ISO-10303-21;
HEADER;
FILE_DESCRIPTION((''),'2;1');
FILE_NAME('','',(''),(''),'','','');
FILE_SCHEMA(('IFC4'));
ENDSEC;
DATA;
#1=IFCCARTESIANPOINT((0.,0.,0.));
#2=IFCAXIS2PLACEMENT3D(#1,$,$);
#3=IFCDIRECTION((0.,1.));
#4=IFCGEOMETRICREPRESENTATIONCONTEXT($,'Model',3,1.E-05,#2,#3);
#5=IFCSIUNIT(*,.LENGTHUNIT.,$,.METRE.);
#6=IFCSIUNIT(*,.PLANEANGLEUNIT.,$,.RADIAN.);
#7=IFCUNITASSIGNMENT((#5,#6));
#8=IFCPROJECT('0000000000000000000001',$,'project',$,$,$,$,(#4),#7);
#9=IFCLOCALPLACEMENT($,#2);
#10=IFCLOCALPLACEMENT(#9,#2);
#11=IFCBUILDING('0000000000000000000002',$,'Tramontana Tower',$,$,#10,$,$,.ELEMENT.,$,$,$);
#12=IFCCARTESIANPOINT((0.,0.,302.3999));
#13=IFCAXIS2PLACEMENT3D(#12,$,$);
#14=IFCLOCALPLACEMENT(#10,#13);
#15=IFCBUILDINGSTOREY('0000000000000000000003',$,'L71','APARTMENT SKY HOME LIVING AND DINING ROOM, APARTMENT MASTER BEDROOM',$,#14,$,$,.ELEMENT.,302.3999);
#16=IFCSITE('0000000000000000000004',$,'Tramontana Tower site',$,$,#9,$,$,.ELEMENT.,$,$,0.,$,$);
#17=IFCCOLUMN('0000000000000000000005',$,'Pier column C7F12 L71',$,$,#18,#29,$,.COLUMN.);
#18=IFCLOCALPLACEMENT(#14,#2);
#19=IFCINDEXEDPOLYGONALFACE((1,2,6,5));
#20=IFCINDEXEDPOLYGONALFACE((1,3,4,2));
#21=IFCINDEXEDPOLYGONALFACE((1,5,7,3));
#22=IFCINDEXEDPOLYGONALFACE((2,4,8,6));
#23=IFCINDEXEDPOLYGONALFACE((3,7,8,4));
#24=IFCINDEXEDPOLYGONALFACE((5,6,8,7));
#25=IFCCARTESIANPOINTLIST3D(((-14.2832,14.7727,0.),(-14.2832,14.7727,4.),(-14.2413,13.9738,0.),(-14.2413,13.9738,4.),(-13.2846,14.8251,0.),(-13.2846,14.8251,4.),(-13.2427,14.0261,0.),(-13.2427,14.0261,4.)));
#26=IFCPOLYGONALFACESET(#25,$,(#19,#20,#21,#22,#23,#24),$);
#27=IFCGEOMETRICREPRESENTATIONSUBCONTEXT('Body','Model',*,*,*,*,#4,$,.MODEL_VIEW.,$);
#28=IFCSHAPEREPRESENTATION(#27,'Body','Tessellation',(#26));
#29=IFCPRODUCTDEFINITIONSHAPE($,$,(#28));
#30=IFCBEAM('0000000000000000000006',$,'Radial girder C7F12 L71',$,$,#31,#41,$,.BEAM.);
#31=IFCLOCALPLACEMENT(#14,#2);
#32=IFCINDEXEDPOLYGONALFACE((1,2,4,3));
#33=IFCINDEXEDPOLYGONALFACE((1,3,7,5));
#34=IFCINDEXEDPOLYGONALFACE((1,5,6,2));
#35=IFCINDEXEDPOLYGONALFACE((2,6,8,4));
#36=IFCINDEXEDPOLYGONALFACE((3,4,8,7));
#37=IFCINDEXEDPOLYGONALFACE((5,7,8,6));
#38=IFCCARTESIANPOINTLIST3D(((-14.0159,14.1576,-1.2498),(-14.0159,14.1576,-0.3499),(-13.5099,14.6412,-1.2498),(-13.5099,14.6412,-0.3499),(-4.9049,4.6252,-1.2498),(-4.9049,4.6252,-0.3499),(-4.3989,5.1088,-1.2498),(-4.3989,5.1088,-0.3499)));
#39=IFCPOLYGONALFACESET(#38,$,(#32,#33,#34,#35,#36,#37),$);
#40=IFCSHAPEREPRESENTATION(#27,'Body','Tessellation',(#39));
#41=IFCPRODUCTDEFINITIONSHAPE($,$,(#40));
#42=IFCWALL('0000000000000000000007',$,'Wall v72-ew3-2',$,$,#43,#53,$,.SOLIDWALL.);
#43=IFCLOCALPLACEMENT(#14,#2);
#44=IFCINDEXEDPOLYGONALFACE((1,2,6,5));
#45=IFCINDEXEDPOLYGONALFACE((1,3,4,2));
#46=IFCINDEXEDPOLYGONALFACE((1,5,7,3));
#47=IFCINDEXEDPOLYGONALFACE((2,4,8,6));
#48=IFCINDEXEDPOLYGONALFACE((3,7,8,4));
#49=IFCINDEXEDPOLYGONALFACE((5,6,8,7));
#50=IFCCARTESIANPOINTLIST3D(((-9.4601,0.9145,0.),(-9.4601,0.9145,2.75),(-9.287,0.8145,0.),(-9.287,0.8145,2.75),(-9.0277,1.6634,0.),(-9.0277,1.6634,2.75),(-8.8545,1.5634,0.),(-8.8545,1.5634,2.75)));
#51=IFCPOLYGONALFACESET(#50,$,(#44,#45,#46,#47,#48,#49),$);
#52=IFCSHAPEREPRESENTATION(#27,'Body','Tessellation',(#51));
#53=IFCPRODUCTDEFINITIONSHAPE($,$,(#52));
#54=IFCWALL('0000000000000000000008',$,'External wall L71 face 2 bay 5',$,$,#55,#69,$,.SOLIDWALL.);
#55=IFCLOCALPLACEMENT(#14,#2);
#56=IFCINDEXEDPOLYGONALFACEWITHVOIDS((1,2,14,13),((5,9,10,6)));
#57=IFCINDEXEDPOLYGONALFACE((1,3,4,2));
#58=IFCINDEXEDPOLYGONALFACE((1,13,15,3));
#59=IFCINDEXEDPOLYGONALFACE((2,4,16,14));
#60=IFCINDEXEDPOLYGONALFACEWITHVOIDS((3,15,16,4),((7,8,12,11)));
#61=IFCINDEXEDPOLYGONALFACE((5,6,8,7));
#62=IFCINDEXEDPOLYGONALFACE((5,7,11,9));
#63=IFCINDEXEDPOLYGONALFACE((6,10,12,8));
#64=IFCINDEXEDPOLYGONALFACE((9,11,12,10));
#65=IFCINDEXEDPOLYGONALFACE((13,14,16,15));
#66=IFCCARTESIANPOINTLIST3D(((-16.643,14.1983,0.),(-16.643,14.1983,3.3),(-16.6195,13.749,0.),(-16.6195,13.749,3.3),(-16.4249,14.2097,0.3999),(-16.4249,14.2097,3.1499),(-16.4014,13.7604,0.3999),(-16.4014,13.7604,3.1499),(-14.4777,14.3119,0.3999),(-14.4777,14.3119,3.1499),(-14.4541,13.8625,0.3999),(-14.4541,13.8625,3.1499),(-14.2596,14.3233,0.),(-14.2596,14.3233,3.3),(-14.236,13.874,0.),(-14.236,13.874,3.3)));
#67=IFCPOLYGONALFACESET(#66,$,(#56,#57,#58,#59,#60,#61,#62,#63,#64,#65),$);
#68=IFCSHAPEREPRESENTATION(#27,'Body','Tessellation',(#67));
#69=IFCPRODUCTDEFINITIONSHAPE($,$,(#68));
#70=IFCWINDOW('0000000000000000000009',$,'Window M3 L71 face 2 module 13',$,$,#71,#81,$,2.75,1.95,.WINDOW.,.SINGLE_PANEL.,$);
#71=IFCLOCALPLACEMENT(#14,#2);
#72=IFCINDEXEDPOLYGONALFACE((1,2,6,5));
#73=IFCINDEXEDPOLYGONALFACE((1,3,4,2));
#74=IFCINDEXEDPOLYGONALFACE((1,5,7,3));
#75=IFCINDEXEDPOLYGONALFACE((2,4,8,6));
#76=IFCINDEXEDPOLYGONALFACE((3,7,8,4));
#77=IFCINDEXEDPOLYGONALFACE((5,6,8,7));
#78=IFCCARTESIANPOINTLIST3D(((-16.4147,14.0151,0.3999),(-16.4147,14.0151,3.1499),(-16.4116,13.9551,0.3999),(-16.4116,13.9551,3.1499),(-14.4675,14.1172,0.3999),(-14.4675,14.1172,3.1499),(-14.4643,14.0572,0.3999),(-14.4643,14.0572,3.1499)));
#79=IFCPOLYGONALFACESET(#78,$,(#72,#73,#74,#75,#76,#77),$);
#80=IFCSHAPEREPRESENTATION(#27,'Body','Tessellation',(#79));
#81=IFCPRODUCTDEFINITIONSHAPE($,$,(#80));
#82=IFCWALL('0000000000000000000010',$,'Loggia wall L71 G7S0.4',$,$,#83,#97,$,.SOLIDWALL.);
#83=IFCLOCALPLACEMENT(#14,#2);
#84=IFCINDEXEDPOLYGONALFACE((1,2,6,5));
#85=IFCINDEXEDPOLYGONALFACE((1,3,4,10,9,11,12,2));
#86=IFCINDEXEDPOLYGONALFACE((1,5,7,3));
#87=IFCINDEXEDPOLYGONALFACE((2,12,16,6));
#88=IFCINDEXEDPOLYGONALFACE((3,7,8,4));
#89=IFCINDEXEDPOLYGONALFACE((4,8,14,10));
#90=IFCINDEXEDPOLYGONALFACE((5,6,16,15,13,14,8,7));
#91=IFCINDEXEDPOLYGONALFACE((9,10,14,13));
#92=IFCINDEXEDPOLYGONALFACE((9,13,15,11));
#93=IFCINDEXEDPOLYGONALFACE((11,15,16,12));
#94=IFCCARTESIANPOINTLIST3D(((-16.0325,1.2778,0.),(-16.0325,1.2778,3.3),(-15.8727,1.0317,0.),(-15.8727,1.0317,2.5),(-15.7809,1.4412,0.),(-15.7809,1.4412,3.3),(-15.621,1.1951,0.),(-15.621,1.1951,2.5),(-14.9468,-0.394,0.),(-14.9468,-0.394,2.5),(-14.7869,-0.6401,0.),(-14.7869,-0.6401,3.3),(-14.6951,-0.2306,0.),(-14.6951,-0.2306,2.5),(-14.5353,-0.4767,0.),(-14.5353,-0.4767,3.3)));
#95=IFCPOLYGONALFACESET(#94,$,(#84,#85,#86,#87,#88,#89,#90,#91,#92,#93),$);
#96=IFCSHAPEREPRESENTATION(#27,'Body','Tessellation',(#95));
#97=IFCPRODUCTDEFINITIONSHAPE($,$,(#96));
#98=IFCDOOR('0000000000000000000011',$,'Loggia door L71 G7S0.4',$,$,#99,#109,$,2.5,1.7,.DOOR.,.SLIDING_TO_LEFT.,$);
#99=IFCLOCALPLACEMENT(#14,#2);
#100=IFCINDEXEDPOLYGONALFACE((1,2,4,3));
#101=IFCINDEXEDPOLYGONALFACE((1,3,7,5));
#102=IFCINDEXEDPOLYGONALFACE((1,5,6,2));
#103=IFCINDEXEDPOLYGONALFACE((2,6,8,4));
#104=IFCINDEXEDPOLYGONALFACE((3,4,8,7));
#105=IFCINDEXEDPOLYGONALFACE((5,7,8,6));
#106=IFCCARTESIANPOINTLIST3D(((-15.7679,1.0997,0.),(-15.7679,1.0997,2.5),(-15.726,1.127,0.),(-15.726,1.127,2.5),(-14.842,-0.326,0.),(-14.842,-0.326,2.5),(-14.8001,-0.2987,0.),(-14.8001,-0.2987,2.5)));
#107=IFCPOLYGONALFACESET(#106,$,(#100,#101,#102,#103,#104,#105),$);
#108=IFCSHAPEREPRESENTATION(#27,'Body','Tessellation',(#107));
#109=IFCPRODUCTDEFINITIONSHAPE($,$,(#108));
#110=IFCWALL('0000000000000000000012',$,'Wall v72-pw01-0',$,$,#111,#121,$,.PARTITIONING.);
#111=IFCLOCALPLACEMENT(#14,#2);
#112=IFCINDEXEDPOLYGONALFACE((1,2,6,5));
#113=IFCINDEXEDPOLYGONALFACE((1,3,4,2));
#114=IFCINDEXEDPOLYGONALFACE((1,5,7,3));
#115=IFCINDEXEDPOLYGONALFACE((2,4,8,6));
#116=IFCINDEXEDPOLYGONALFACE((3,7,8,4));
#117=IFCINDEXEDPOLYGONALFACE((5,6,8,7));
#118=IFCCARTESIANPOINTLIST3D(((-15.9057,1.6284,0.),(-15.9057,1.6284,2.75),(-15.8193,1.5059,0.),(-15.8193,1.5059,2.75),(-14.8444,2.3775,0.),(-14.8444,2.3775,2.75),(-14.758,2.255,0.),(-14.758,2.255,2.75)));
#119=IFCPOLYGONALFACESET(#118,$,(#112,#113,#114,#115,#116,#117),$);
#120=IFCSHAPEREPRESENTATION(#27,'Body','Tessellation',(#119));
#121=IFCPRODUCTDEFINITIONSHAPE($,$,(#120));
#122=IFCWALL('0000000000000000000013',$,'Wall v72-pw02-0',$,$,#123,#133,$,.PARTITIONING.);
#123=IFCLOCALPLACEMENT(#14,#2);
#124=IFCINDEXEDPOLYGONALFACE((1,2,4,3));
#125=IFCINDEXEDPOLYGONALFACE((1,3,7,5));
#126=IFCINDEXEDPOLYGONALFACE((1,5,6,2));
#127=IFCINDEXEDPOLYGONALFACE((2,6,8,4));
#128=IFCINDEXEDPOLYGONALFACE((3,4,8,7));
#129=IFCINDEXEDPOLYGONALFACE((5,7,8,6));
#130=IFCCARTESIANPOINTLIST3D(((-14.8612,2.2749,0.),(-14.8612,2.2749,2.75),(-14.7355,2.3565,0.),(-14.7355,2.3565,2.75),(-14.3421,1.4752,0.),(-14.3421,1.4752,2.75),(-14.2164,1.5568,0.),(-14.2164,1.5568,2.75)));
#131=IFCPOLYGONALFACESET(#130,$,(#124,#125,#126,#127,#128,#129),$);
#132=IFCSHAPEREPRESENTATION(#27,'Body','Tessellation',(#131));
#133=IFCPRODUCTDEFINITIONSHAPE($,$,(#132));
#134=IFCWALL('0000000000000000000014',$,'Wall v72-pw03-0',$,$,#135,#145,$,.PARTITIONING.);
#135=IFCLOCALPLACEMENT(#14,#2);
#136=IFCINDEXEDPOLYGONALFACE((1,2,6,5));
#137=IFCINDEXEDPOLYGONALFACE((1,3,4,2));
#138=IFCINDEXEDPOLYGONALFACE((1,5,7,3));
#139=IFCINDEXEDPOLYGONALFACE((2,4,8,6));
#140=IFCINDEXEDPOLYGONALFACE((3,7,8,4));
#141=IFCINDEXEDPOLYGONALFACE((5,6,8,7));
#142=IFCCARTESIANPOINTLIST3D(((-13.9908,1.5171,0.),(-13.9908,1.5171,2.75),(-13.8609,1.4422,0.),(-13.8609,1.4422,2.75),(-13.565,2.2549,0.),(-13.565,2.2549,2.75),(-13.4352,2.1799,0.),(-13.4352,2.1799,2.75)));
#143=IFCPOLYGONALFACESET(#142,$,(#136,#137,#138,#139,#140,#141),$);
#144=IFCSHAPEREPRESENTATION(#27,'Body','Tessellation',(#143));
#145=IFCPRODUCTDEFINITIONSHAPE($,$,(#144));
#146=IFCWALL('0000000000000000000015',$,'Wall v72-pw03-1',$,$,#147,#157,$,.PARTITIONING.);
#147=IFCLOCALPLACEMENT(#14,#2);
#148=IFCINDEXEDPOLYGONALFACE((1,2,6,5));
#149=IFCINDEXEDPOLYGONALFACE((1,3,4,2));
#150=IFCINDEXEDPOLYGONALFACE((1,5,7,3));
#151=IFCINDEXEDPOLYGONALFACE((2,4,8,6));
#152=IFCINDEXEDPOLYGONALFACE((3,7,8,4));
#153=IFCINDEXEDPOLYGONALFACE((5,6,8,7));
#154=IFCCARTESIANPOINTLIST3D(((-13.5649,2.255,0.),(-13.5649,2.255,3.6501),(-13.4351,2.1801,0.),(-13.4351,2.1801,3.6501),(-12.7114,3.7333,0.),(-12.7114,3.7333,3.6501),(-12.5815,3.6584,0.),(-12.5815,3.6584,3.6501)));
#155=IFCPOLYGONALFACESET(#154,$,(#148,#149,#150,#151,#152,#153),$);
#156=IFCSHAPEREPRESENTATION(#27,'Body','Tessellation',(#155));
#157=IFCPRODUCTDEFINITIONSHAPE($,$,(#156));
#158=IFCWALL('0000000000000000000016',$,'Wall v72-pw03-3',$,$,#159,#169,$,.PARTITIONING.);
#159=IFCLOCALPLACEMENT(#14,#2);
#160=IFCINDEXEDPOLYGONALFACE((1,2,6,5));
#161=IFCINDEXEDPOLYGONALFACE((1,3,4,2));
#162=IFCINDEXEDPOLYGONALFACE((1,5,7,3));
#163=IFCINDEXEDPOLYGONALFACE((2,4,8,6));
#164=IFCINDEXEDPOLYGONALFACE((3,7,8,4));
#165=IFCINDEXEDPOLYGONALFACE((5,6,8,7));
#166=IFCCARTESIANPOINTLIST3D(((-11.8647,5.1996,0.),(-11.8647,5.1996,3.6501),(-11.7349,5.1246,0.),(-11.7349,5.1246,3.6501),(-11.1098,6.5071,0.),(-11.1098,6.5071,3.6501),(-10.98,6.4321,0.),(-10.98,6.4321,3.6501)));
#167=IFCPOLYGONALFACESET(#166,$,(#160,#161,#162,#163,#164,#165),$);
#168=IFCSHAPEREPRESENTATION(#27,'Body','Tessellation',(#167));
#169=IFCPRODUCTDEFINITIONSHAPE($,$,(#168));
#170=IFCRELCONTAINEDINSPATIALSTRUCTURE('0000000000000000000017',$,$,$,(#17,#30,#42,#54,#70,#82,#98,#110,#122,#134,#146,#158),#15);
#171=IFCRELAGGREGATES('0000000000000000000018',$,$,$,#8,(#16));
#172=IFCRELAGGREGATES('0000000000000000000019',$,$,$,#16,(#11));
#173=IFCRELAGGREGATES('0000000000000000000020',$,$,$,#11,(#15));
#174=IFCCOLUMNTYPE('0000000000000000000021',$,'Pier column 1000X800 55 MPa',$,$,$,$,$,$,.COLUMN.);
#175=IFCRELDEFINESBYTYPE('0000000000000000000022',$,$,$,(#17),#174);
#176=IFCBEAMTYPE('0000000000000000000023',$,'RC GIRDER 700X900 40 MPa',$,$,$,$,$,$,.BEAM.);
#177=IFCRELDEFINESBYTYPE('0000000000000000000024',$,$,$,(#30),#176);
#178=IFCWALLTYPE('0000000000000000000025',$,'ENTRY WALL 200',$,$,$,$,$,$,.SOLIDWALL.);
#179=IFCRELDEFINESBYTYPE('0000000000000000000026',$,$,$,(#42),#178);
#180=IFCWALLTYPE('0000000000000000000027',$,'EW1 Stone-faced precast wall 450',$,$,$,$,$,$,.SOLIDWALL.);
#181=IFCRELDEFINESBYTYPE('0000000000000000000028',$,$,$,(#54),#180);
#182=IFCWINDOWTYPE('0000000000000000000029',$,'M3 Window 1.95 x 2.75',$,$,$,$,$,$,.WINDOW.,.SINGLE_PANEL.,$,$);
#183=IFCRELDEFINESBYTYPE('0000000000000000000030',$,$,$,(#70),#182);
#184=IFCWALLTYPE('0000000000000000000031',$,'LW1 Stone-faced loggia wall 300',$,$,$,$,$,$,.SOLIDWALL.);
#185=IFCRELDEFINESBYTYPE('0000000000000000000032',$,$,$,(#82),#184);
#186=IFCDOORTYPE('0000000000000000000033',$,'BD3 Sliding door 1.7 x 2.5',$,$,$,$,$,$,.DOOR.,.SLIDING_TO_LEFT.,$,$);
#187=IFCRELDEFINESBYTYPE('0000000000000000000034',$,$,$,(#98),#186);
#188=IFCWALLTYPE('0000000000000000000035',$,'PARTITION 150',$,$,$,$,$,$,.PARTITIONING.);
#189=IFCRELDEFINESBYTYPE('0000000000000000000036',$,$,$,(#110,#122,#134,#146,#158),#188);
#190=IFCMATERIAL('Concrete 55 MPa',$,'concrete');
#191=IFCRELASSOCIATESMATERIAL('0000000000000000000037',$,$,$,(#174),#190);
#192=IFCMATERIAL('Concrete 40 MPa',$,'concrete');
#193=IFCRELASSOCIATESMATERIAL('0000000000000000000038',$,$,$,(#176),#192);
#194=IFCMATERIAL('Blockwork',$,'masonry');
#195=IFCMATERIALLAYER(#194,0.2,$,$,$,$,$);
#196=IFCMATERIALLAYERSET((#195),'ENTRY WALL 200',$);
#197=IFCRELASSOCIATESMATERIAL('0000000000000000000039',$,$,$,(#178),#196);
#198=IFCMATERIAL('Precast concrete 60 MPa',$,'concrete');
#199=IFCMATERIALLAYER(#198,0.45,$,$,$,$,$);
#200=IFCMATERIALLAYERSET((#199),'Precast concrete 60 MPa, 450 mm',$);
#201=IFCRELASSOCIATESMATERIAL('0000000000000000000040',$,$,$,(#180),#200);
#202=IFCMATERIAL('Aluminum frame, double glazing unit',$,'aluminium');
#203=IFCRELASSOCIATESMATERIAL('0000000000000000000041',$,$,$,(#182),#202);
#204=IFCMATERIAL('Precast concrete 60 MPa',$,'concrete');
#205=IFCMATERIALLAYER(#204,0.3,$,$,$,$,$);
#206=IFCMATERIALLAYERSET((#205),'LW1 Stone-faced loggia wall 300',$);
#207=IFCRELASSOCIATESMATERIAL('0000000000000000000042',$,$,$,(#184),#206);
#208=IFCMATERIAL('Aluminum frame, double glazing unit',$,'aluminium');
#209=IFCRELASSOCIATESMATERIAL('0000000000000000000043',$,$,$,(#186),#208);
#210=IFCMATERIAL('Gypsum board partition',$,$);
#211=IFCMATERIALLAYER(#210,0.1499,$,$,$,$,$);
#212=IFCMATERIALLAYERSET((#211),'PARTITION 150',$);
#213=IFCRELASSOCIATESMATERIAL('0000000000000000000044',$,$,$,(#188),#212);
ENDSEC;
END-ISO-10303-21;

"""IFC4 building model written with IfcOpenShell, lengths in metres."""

from ifc_helpers import new_model, si_unit, direction, frame, frame_2d, origin, origin_2d, place, context, subcontext, project, spatial, rectangle, extrude, material, layer, layer_set, material_profile, profile_set, type_object, element, fill, save


model = new_model("IFC4")

# Units and contexts
model_context = context("Model", 3, precision=1e-05, world=origin(), true_north=direction((0.0, 1.0)))
body_context = subcontext(model_context, "Body", "Model", "MODEL_VIEW")
ifc_project = project(units=[si_unit("LENGTHUNIT", "METRE"), si_unit("PLANEANGLEUNIT", "RADIAN")], contexts=[model_context])

# Site, building, storey
site_placement = place(None, origin())
site = spatial("IfcSite", under=ifc_project, at=site_placement, Name="Tramontana Tower site", CompositionType="ELEMENT", RefElevation=0.0)
building_placement = place(site_placement, origin())
building = spatial("IfcBuilding", under=site, at=building_placement, Name="Tramontana Tower", CompositionType="ELEMENT")
storey_placement = place(building_placement, frame((0.0, 0.0, 302.3999)))
storey = spatial("IfcBuildingStorey", under=building, at=storey_placement, Name="L71", Description="APARTMENT SKY HOME LIVING AND DINING ROOM, APARTMENT MASTER BEDROOM", CompositionType="ELEMENT", Elevation=302.3999)

# Column
ifc_material_1 = material(Name="Concrete 55 MPa", Category="concrete")
ifc_material_profile_1 = material_profile(ifc_material_1, rectangle(XDim=1.0, YDim=0.8, at=origin_2d()), Name="Pier column 1000X800 55 MPa")
ifc_profile_set_1 = profile_set([ifc_material_profile_1], Name="Concrete 55 MPa")
column_type = type_object("IfcColumnType", Name="Pier column 1000X800 55 MPa", PredefinedType="COLUMN", material=ifc_profile_set_1)
column_placement = place(storey_placement, frame((-13.7629, 14.3994, 0.0), z_axis=(0.0, 0.0, 1.0), x_axis=(-0.99863, -0.052336, 0.0)))
element("IfcColumn", 1, at=column_placement, inside=storey, type_object=column_type, Name="Pier column C7F12 L71", PredefinedType="COLUMN", context=body_context, shape_type="SweptSolid", body=[
    extrude(rectangle(XDim=1.0, YDim=0.8, at=origin_2d()), origin(), (0.0, 0.0, 1.0), 4.0),
])

# Beam
ifc_material_2 = material(Name="Concrete 40 MPa", Category="concrete")
ifc_material_profile_2 = material_profile(ifc_material_2, rectangle(XDim=0.7, YDim=0.8999, at=origin_2d()), Name="RC GIRDER 700X900 40 MPa")
ifc_profile_set_2 = profile_set([ifc_material_profile_2], Name="Concrete 40 MPa")
beam_type = type_object("IfcBeamType", Name="RC GIRDER 700X900 40 MPa", PredefinedType="BEAM", material=ifc_profile_set_2)
beam_placement = place(storey_placement, frame((-13.7629, 14.3994, -0.7998), z_axis=(0.690948, -0.722904, 0.0), x_axis=(0.722904, 0.690948, 0.0)))
element("IfcBeam", 2, at=beam_placement, inside=storey, type_object=beam_type, Name="Radial girder C7F12 L71", PredefinedType="BEAM", context=body_context, shape_type="SweptSolid", body=[
    extrude(rectangle(XDim=0.7, YDim=0.8999, at=origin_2d()), origin(), (0.0, 0.0, 1.0), 13.1863),
])

# Wall
ifc_material_3 = material(Name="Blockwork", Category="masonry")
ifc_layer_1 = layer(ifc_material_3, 0.2)
ifc_layer_set_1 = layer_set([ifc_layer_1], Name="ENTRY WALL 200")
wall_type_1 = type_object("IfcWallType", Name="ENTRY WALL 200", PredefinedType="SOLIDWALL", material=ifc_layer_set_1)
wall_1_placement = place(storey_placement, frame((-9.3735, 0.8645, 0.0), z_axis=(0.0, 0.0, 1.0), x_axis=(0.500056, 0.865993, 0.0)))
element("IfcWall", 3, at=wall_1_placement, inside=storey, type_object=wall_type_1, Name="Wall v72-ew3-2", PredefinedType="SOLIDWALL", context=body_context, shape_type="SweptSolid", body=[
    extrude(rectangle(XDim=0.8647, YDim=0.2, at=frame_2d((0.4324, 0.0))), origin(), (0.0, 0.0, 1.0), 2.75),
])

# Wall, opening, window
ifc_material_4 = material(Name="Precast concrete 60 MPa", Category="concrete")
ifc_layer_2 = layer(ifc_material_4, 0.45)
ifc_layer_set_2 = layer_set([ifc_layer_2], Name="Precast concrete 60 MPa, 450 mm")
wall_type_2 = type_object("IfcWallType", Name="EW1 Stone-faced precast wall 450", PredefinedType="SOLIDWALL", material=ifc_layer_set_2)
wall_2_placement = place(storey_placement, frame((-14.2478, 14.0986, 0.0), z_axis=(0.0, 0.0, 1.0), x_axis=(-0.998628, -0.052371, 0.0)))
wall_2 = element("IfcWall", 4, at=wall_2_placement, inside=storey, type_object=wall_type_2, Name="External wall L71 face 2 bay 5", PredefinedType="SOLIDWALL", context=body_context, shape_type="SweptSolid", body=[
    extrude(rectangle(XDim=2.3867, YDim=0.45, at=frame_2d((1.1934, 0.0))), origin(), (0.0, 0.0, 1.0), 3.3),
])
opening_1_placement = place(wall_2_placement, frame((0.2183, 0.0, 0.3999)))
opening_1 = element("IfcOpeningElement", 5, at=opening_1_placement, cuts=wall_2, PredefinedType="OPENING", context=body_context, shape_type="SweptSolid", body=[
    extrude(rectangle(XDim=1.95, YDim=2.75, at=frame_2d((0.9751, 1.375))), frame((0.0, 0.2349, 0.0), z_axis=(0.0, -1.0, 0.0), x_axis=(1.0, 0.0, 0.0)), (0.0, 0.0, 1.0), 0.47),
])
ifc_material_5 = material(Name="Aluminum frame, double glazing unit", Category="aluminium")
window_type = type_object("IfcWindowType", Name="M3 Window 1.95 x 2.75", PartitioningType="SINGLE_PANEL", PredefinedType="WINDOW", material=ifc_material_5)
window_placement = place(opening_1_placement, origin())
window = element("IfcWindow", 6, at=window_placement, inside=storey, type_object=window_type, Name="Window M3 L71 face 2 module 13", OverallHeight=2.75, OverallWidth=1.95, PartitioningType="SINGLE_PANEL", PredefinedType="WINDOW", context=body_context, shape_type="SweptSolid", body=[
    extrude(rectangle(XDim=1.95, YDim=2.75, at=frame_2d((0.9751, 1.375))), frame((0.0, 0.03, 0.0), z_axis=(0.0, -1.0, 0.0), x_axis=(1.0, 0.0, 0.0)), (0.0, 0.0, 1.0), 0.0601),
])
fill(opening_1, window)

# Wall, opening, door
ifc_material_6 = material(Name="Precast concrete 60 MPa", Category="concrete")
ifc_layer_3 = layer(ifc_material_6, 0.3)
ifc_layer_set_3 = layer_set([ifc_layer_3], Name="LW1 Stone-faced loggia wall 300")
wall_type_3 = type_object("IfcWallType", Name="LW1 Stone-faced loggia wall 300", PredefinedType="SOLIDWALL", material=ifc_layer_set_3)
wall_3_placement = place(storey_placement, frame((-15.9067, 1.3596, 0.0), z_axis=(0.0, 0.0, 1.0), x_axis=(0.544658, -0.838658, 0.0)))
wall_3 = element("IfcWall", 7, at=wall_3_placement, inside=storey, type_object=wall_type_3, Name="Loggia wall L71 G7S0.4", PredefinedType="SOLIDWALL", context=body_context, shape_type="SweptSolid", body=[
    extrude(rectangle(XDim=2.2869, YDim=0.3, at=frame_2d((1.1436, 0.0))), origin(), (0.0, 0.0, 1.0), 3.3),
])
opening_2_placement = place(wall_3_placement, frame((0.2935, 0.0, 0.0)))
opening_2 = element("IfcOpeningElement", 8, at=opening_2_placement, cuts=wall_3, PredefinedType="OPENING", context=body_context, shape_type="SweptSolid", body=[
    extrude(rectangle(XDim=1.7, YDim=2.5, at=frame_2d((0.8501, 1.25))), frame((0.0, 0.1599, 0.0), z_axis=(0.0, -1.0, 0.0), x_axis=(1.0, 0.0, 0.0)), (0.0, 0.0, 1.0), 0.3201),
])
ifc_material_7 = material(Name="Aluminum frame, double glazing unit", Category="aluminium")
door_type_1 = type_object("IfcDoorType", Name="BD3 Sliding door 1.7 x 2.5", OperationType="SLIDING_TO_LEFT", PredefinedType="DOOR", material=ifc_material_7)
door_1_placement = place(opening_2_placement, origin())
door_1 = element("IfcDoor", 9, at=door_1_placement, inside=storey, type_object=door_type_1, Name="Loggia door L71 G7S0.4", OperationType="SLIDING_TO_LEFT", OverallHeight=2.5, OverallWidth=1.7, PredefinedType="DOOR", context=body_context, shape_type="SweptSolid", body=[
    extrude(rectangle(XDim=1.7, YDim=2.5, at=frame_2d((0.8501, 1.25))), frame((0.0, 0.0249, 0.0), z_axis=(0.0, -1.0, 0.0), x_axis=(1.0, 0.0, 0.0)), (0.0, 0.0, 1.0), 0.05),
])
fill(opening_2, door_1)

# Walls
ifc_material_8 = material(Name="Gypsum board partition")
ifc_layer_4 = layer(ifc_material_8, 0.1499)
ifc_layer_set_4 = layer_set([ifc_layer_4], Name="PARTITION 150")
wall_type_4 = type_object("IfcWallType", Name="PARTITION 150", PredefinedType="PARTITIONING", material=ifc_layer_set_4)
wall_4_placement = place(storey_placement, frame((-14.8013, 2.3162, 0.0), z_axis=(0.0, 0.0, 1.0), x_axis=(-0.81701, -0.576624, 0.0)))
element("IfcWall", 10, at=wall_4_placement, inside=storey, type_object=wall_type_4, Name="Wall v72-pw01-0", PredefinedType="PARTITIONING", context=body_context, shape_type="SweptSolid", body=[
    extrude(rectangle(XDim=1.2991, YDim=0.1499, at=frame_2d((0.6494, 0.0))), origin(), (0.0, 0.0, 1.0), 2.75),
])
wall_5_placement = place(storey_placement, frame((-14.2793, 1.5161, 0.0), z_axis=(0.0, 0.0, 1.0), x_axis=(-0.544493, 0.838765, 0.0)))
element("IfcWall", 11, at=wall_5_placement, inside=storey, type_object=wall_type_4, Name="Wall v72-pw02-0", PredefinedType="PARTITIONING", context=body_context, shape_type="SweptSolid", body=[
    extrude(rectangle(XDim=0.9534, YDim=0.1499, at=frame_2d((0.4766, 0.0))), origin(), (0.0, 0.0, 1.0), 2.75),
])
wall_6_placement = place(storey_placement, frame((-13.9258, 1.4797, 0.0), z_axis=(0.0, 0.0, 1.0), x_axis=(0.499838, 0.866119, 0.0)))
element("IfcWall", 12, at=wall_6_placement, inside=storey, type_object=wall_type_4, Name="Wall v72-pw03-0", PredefinedType="PARTITIONING", context=body_context, shape_type="SweptSolid", body=[
    extrude(rectangle(XDim=0.8518, YDim=0.1499, at=frame_2d((0.4258, 0.0))), origin(), (0.0, 0.0, 1.0), 2.75),
])
wall_7_placement = place(storey_placement, frame((-13.5, 2.2175, 0.0), z_axis=(0.0, 0.0, 1.0), x_axis=(0.500015, 0.866016, 0.0)))
element("IfcWall", 13, at=wall_7_placement, inside=storey, type_object=wall_type_4, Name="Wall v72-pw03-1", PredefinedType="PARTITIONING", context=body_context, shape_type="SweptSolid", body=[
    extrude(rectangle(XDim=1.707, YDim=0.1499, at=frame_2d((0.8535, 0.0))), origin(), (0.0, 0.0, 1.0), 3.6501),
])

# Wall
wall_8_placement = place(storey_placement, frame((-11.7998, 5.1621, 0.0), z_axis=(0.0, 0.0, 1.0), x_axis=(0.500035, 0.866005, 0.0)))
element("IfcWall", 14, at=wall_8_placement, inside=storey, type_object=wall_type_4, Name="Wall v72-pw03-3", PredefinedType="PARTITIONING", context=body_context, shape_type="SweptSolid", body=[
    extrude(rectangle(XDim=1.5098, YDim=0.1499, at=frame_2d((0.7549, 0.0))), origin(), (0.0, 0.0, 1.0), 3.6501),
])

save(model, "model.ifc")
